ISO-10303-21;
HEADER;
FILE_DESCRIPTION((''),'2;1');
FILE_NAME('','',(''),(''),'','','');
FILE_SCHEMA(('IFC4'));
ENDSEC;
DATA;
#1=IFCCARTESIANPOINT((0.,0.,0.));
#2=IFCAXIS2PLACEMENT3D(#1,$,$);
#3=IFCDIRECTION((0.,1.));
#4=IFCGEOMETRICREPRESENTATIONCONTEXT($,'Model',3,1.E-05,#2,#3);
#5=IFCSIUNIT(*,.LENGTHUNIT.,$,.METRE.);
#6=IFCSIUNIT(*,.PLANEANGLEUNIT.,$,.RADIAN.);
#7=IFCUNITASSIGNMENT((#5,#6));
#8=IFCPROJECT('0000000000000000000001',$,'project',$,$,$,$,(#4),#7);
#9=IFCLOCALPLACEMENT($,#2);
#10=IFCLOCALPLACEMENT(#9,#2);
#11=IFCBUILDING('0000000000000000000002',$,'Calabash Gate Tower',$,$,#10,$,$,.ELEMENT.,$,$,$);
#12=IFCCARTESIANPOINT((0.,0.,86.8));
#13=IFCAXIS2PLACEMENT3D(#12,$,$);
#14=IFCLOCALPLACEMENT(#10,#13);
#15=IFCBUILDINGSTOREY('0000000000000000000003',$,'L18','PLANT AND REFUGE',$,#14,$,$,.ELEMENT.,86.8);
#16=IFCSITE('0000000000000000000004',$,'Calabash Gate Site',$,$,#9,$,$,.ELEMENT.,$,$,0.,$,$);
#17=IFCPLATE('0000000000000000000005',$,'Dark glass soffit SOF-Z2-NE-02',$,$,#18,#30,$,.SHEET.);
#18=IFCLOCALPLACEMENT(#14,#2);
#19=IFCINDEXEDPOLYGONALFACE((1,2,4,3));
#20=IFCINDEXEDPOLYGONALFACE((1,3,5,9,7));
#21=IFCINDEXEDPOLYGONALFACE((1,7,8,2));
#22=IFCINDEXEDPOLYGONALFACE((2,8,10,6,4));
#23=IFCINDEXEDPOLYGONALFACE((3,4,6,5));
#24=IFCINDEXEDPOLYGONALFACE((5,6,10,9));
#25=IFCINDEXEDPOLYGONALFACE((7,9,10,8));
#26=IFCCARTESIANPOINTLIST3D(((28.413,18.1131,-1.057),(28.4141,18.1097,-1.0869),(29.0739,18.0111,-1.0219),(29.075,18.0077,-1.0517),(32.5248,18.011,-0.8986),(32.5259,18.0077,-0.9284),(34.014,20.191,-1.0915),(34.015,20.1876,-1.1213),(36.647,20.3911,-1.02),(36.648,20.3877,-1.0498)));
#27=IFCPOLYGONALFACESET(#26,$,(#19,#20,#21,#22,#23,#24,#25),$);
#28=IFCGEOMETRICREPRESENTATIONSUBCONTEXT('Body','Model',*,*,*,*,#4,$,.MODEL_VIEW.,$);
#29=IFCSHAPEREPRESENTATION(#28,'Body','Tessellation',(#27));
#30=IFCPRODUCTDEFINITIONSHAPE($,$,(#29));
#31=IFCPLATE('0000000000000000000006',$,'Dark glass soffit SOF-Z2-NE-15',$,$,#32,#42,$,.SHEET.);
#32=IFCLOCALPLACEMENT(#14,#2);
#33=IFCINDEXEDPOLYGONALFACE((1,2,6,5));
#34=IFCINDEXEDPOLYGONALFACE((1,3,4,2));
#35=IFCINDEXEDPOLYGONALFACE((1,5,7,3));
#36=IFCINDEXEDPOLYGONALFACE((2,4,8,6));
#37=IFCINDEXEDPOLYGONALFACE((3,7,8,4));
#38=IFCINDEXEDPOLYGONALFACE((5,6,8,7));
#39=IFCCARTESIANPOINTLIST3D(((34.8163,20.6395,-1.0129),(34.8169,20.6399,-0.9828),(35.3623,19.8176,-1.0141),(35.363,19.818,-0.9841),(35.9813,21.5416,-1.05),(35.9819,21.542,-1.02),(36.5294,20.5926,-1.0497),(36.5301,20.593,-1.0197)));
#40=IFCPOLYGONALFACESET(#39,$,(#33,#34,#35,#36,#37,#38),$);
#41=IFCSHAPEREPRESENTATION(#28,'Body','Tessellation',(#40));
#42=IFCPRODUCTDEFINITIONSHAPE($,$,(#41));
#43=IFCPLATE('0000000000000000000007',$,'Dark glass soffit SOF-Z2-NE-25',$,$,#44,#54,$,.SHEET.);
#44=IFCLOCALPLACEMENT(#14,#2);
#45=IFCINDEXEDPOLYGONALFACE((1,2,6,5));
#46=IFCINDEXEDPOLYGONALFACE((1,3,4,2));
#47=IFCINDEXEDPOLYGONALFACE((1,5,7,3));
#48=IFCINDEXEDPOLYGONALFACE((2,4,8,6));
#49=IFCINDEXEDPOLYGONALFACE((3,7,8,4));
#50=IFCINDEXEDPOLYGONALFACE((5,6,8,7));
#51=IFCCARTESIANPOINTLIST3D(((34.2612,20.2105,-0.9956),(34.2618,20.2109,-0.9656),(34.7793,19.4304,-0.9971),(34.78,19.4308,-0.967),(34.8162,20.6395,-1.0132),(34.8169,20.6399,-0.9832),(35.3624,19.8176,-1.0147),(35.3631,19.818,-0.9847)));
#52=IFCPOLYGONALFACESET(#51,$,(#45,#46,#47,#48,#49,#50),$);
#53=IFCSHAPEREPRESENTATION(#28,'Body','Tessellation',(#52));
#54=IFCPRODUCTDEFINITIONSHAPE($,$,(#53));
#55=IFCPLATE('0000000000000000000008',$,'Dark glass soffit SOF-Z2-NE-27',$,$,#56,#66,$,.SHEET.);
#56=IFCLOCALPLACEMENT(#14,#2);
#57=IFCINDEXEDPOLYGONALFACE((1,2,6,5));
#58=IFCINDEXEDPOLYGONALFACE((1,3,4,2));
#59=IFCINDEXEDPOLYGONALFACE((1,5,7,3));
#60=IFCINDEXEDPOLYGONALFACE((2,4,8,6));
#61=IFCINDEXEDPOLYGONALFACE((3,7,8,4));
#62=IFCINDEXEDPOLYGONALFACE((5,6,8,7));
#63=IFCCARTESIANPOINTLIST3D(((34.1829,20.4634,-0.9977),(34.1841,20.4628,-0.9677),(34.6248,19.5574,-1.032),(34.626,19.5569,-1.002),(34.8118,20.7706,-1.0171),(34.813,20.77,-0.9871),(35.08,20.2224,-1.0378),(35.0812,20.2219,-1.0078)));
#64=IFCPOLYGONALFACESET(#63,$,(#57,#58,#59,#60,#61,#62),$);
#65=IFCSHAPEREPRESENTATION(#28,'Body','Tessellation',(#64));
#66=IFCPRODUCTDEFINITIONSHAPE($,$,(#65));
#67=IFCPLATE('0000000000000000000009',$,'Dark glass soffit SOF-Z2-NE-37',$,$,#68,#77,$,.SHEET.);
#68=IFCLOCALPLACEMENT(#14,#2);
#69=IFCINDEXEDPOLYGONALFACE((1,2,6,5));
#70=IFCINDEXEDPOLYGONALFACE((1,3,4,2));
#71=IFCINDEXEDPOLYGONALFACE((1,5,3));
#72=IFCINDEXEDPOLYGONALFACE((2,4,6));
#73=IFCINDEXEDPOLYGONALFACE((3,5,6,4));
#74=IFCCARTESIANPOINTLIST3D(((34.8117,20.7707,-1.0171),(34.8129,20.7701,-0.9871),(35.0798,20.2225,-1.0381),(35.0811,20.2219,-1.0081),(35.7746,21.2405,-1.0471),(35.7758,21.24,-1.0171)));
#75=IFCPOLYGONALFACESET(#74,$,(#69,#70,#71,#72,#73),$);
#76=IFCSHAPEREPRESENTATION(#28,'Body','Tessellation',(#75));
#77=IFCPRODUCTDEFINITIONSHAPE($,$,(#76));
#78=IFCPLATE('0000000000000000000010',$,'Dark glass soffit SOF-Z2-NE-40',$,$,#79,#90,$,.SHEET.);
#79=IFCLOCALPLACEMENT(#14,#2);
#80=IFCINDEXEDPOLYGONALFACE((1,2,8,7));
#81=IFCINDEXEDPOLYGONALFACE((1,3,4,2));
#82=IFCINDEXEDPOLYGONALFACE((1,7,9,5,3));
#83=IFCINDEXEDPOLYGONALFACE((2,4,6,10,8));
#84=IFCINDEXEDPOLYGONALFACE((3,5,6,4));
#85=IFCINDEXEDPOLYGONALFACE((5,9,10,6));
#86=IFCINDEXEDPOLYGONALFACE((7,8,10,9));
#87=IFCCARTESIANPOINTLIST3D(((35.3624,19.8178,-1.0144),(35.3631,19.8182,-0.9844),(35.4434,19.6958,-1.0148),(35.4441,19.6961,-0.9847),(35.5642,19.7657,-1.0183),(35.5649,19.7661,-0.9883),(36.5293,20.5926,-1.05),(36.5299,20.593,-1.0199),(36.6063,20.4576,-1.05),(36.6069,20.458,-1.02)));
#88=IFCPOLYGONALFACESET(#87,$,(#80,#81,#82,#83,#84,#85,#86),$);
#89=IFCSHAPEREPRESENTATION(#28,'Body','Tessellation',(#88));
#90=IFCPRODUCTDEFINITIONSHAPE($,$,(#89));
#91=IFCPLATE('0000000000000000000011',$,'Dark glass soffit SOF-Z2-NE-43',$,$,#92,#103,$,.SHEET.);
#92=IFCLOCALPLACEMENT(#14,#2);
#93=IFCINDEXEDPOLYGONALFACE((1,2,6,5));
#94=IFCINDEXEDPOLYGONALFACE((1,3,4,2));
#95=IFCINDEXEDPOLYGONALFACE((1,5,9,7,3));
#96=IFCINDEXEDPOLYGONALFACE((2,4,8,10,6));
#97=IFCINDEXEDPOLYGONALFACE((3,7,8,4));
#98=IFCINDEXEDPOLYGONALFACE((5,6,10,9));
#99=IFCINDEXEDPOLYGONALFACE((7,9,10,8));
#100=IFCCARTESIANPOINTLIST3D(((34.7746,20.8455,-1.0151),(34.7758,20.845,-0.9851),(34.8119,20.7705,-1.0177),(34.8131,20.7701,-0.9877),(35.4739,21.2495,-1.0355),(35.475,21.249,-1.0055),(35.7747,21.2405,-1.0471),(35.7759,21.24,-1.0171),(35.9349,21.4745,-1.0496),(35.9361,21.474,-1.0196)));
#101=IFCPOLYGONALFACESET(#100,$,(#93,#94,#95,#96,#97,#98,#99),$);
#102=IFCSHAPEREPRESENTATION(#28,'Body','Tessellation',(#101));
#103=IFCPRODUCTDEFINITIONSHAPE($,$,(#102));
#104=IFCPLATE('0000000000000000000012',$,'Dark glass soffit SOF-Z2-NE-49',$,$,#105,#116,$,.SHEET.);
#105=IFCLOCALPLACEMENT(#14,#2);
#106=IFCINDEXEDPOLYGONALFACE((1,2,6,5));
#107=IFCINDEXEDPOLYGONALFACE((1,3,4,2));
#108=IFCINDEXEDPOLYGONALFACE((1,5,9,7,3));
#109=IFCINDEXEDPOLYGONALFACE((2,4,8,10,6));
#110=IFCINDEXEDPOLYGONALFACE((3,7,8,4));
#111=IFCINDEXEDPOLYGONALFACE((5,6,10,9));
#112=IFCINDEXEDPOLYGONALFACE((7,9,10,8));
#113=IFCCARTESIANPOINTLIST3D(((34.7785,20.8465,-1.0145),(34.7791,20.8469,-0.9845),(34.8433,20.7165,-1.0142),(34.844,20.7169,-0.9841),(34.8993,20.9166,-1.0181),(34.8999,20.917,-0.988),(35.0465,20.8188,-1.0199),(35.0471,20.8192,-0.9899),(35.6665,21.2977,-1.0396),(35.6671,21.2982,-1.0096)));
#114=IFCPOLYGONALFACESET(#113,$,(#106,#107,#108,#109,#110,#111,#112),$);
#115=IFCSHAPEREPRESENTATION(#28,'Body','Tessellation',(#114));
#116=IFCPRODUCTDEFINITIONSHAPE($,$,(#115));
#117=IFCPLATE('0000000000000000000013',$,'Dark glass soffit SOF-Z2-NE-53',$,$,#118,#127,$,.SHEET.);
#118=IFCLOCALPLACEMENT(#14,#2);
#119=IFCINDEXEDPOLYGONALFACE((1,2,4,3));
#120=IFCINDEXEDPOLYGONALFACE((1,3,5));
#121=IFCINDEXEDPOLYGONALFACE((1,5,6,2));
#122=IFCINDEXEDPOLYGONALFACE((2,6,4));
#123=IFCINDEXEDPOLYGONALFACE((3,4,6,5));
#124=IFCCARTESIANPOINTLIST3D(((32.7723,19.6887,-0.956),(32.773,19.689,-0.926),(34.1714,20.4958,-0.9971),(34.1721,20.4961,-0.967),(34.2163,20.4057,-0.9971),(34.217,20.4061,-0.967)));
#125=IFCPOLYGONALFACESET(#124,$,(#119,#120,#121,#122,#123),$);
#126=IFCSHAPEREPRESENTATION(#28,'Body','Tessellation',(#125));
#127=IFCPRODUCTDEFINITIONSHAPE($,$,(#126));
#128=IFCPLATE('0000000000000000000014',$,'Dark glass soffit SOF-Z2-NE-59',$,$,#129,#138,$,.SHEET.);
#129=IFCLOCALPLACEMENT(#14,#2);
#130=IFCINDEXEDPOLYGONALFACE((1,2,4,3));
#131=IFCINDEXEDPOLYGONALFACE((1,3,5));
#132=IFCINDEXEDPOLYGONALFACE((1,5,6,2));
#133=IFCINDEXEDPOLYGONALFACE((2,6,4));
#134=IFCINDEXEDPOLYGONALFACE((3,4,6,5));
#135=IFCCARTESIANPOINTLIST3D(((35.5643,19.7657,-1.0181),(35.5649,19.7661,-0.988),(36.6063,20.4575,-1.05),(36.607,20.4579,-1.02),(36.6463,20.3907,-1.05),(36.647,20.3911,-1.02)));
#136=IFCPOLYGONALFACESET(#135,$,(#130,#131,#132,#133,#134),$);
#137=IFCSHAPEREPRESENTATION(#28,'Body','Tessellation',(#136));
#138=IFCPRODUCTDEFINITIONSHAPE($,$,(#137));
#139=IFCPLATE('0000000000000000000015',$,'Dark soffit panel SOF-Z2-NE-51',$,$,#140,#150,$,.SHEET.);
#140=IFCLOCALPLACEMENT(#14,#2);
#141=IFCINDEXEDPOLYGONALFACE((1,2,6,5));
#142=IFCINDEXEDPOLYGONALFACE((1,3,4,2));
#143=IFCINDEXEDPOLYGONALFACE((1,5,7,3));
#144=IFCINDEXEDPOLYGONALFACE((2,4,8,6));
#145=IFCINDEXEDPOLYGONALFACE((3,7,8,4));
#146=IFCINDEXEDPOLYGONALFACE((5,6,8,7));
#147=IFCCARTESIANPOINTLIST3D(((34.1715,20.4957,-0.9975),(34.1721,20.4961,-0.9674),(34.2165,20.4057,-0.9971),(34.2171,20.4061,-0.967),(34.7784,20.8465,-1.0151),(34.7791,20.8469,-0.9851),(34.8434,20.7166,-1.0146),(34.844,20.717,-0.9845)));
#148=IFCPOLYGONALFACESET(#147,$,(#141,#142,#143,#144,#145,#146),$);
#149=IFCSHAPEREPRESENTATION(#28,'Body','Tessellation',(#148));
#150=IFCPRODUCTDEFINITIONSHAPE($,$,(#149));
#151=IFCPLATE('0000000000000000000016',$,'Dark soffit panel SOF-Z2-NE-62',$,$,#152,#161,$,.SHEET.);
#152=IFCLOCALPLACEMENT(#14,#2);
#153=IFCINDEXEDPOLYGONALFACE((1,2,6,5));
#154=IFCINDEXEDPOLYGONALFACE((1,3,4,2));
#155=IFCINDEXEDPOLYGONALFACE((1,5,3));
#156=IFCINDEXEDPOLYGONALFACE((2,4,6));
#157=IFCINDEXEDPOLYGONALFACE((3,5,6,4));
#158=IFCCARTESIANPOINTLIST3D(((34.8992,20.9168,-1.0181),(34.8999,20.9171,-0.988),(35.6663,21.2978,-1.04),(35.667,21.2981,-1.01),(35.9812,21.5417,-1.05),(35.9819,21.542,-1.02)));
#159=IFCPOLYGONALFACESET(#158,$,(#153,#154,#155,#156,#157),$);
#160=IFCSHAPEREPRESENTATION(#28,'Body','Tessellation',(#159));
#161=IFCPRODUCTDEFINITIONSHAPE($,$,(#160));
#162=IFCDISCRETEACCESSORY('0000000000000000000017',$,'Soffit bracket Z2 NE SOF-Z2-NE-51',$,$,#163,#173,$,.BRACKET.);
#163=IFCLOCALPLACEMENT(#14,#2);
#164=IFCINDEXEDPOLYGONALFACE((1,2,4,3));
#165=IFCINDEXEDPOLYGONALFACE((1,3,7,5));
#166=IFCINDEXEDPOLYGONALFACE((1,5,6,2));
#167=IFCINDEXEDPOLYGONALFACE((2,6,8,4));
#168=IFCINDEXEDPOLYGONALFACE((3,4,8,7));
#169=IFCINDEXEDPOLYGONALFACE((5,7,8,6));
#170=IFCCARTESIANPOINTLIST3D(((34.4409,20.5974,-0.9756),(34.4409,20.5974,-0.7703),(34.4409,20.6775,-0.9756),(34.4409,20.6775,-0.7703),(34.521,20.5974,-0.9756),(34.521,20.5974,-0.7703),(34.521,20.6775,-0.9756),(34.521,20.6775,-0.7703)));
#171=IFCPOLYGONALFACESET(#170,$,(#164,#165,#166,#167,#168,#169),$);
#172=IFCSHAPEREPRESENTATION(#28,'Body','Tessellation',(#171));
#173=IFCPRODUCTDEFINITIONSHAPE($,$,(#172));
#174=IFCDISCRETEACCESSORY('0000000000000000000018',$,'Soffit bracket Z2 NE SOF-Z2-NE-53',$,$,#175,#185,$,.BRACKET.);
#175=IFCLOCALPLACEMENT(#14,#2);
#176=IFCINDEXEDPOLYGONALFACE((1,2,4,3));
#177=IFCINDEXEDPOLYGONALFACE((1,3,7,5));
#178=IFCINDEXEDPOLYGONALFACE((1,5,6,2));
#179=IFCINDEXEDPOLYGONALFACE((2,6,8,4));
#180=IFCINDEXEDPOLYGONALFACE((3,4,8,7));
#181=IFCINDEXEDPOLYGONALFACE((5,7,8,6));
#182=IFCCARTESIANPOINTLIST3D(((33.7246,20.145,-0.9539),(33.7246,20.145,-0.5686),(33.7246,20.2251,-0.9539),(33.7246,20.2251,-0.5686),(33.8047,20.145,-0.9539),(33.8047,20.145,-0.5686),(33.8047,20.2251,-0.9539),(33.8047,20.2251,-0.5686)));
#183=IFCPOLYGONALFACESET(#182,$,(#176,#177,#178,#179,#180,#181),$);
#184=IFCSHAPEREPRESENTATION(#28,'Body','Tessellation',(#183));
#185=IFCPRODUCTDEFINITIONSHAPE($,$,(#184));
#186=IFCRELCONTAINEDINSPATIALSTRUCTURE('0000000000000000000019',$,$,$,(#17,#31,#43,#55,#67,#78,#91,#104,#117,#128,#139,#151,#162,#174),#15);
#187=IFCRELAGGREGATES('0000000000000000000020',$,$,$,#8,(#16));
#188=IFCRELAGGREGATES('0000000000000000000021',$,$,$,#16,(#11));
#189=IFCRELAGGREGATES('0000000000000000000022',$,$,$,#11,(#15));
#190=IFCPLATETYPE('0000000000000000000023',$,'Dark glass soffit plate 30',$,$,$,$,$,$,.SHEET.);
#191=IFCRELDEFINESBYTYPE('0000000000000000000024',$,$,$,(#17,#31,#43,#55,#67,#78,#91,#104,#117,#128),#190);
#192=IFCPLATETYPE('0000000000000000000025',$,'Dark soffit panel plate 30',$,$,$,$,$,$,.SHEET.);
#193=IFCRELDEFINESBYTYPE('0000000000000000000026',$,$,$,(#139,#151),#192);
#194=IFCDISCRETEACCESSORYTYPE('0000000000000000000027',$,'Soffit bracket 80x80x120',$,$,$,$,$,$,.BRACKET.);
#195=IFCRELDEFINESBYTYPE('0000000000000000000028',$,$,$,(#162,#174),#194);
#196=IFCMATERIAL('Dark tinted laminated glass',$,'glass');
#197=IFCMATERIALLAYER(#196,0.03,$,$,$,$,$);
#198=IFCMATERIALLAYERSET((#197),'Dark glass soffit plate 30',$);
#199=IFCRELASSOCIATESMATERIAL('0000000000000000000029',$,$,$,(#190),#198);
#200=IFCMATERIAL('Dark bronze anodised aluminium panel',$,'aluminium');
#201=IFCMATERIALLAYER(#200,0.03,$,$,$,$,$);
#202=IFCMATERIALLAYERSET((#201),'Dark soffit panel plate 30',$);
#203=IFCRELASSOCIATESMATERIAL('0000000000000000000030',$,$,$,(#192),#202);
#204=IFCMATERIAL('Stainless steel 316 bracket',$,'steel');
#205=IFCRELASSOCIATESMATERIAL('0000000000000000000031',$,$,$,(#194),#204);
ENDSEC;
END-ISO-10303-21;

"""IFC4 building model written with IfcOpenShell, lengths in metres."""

from ifc_helpers import new_model, si_unit, direction, frame, origin, origin_2d, place, context, subcontext, project, spatial, polyline, rectangle, outline, extrude, material, layer, layer_set, type_object, element, save


model = new_model("IFC4")

# Units and contexts
model_context = context("Model", 3, precision=1e-05, world=origin(), true_north=direction((0.0, 1.0)))
body_context = subcontext(model_context, "Body", "Model", "MODEL_VIEW")
ifc_project = project(units=[si_unit("LENGTHUNIT", "METRE"), si_unit("PLANEANGLEUNIT", "RADIAN")], contexts=[model_context])

# Site, building, storey
site_placement = place(None, origin())
site = spatial("IfcSite", under=ifc_project, at=site_placement, Name="Calabash Gate Site", CompositionType="ELEMENT", RefElevation=0.0)
building_placement = place(site_placement, origin())
building = spatial("IfcBuilding", under=site, at=building_placement, Name="Calabash Gate Tower", CompositionType="ELEMENT")
storey_placement = place(building_placement, frame((0.0, 0.0, 86.8)))
storey = spatial("IfcBuildingStorey", under=building, at=storey_placement, Name="L18", Description="PLANT AND REFUGE", CompositionType="ELEMENT", Elevation=86.8)

# Plates
ifc_material_1 = material(Name="Dark tinted laminated glass", Category="glass")
ifc_layer_1 = layer(ifc_material_1, 0.03)
ifc_layer_set_1 = layer_set([ifc_layer_1], Name="Dark glass soffit plate 30")
plate_type_1 = type_object("IfcPlateType", Name="Dark glass soffit plate 30", PredefinedType="SHEET", material=ifc_layer_set_1)
plate_1_placement = place(storey_placement, frame((36.647, 20.3911, -1.02), z_axis=(-0.035488, 0.112132, 0.993059), x_axis=(-0.865728, -0.499864, 0.025505)))
element("IfcPlate", 1, at=plate_1_placement, inside=storey, type_object=plate_type_1, Name="Dark glass soffit SOF-Z2-NE-02", PredefinedType="SHEET", context=body_context, shape_type="SweptSolid", body=[
    extrude(outline(polyline([(0.0, 0.0), (4.7615, 0.0), (7.7458, -1.7371), (8.2661, -2.1587), (2.3777, -1.1509), (0.0, 0.0)])), origin(), (0.0, 0.0, -1.0), 0.03),
])
plate_2_placement = place(storey_placement, frame((35.9819, 21.542, -1.02), z_axis=(0.021867, 0.012961, 0.999677), x_axis=(0.500147, -0.865941, 0.000287)))
element("IfcPlate", 2, at=plate_2_placement, inside=storey, type_object=plate_type_1, Name="Dark glass soffit SOF-Z2-NE-15", PredefinedType="SHEET", context=body_context, shape_type="SweptSolid", body=[
    extrude(outline(polyline([(0.0, 0.0), (1.0959, 0.0), (1.1833, -1.3987), (0.1985, -1.4604), (0.0, 0.0)])), origin(), (0.0, 0.0, -1.0), 0.03),
])
plate_3_placement = place(storey_placement, frame((34.8169, 20.6399, -0.9832), z_axis=(0.021806, 0.012659, 0.999682), x_axis=(0.553489, -0.832855, -0.001527)))
element("IfcPlate", 3, at=plate_3_placement, inside=storey, type_object=plate_type_1, Name="Dark glass soffit SOF-Z2-NE-25", PredefinedType="SHEET", context=body_context, shape_type="SweptSolid", body=[
    extrude(outline(polyline([(0.0, 0.0), (0.9868, 0.0), (0.9866, -0.7002), (0.05, -0.7), (0.0, 0.0)])), origin(), (0.0, 0.0, -1.0), 0.03),
])
plate_4_placement = place(storey_placement, frame((34.626, 19.5569, -1.002), z_axis=(0.039658, -0.018378, 0.999044), x_axis=(-0.438117, 0.898278, 0.033916)))
element("IfcPlate", 4, at=plate_4_placement, inside=storey, type_object=plate_type_1, Name="Dark glass soffit SOF-Z2-NE-27", PredefinedType="SHEET", context=body_context, shape_type="SweptSolid", body=[
    extrude(outline(polyline([(0.0, 0.0), (1.0085, 0.0), (1.0083, -0.7002), (0.3977, -0.7009), (0.0, 0.0)])), origin(), (0.0, 0.0, -1.0), 0.03),
])
plate_5_placement = place(storey_placement, frame((35.0811, 20.2219, -1.0081), z_axis=(0.040231, -0.018593, 0.999017), x_axis=(-0.439094, 0.897783, 0.034392)))
element("IfcPlate", 5, at=plate_5_placement, inside=storey, type_object=plate_type_1, Name="Dark glass soffit SOF-Z2-NE-37", PredefinedType="SHEET", context=body_context, shape_type="SweptSolid", body=[
    extrude(outline(polyline([(0.0, 0.0), (0.6106, 0.0), (0.6086, -1.0718), (0.0, 0.0)])), origin(), (0.0, 0.0, -1.0), 0.03),
])
plate_6_placement = place(storey_placement, frame((36.6069, 20.458, -1.02), z_axis=(0.022329, 0.012202, 0.999676), x_axis=(-0.832802, -0.55299, 0.025352)))
element("IfcPlate", 6, at=plate_6_placement, inside=storey, type_object=plate_type_1, Name="Dark glass soffit SOF-Z2-NE-40", PredefinedType="SHEET", context=body_context, shape_type="SweptSolid", body=[
    extrude(outline(polyline([(0.0, 0.0), (1.2512, 0.0), (1.3906, -0.0085), (1.3906, -0.155), (-0.0105, -0.155), (0.0, 0.0)])), origin(), (0.0, 0.0, -1.0), 0.03),
])
plate_7_placement = place(storey_placement, frame((35.7759, 21.24, -1.0171), z_axis=(0.037993, -0.015326, 0.99916), x_axis=(-0.898339, -0.438445, 0.027434)))
element("IfcPlate", 7, at=plate_7_placement, inside=storey, type_object=plate_type_1, Name="Dark glass soffit SOF-Z2-NE-43", PredefinedType="SHEET", context=body_context, shape_type="SweptSolid", body=[
    extrude(outline(polyline([(0.0, 0.0), (1.0718, 0.0), (1.0725, -0.0837), (0.2666, -0.1401), (-0.2466, -0.1401), (0.0, 0.0)])), origin(), (0.0, 0.0, -1.0), 0.03),
])
plate_8_placement = place(storey_placement, frame((34.8999, 20.917, -0.988), z_axis=(0.021353, 0.013468, 0.999681), x_axis=(0.895281, 0.444793, -0.025115)))
element("IfcPlate", 8, at=plate_8_placement, inside=storey, type_object=plate_type_1, Name="Dark glass soffit SOF-Z2-NE-49", PredefinedType="SHEET", context=body_context, shape_type="SweptSolid", body=[
    extrude(outline(polyline([(0.0, 0.0), (0.8569, 0.0), (0.0884, -0.1531), (-0.1392, -0.1543), (-0.1394, -0.009), (0.0, 0.0)])), origin(), (0.0, 0.0, -1.0), 0.03),
])
plate_9_placement = place(storey_placement, frame((34.1721, 20.4961, -0.967), z_axis=(0.022758, 0.011348, 0.999677), x_axis=(0.446243, -0.894912, 0.0)))
element("IfcPlate", 9, at=plate_9_placement, inside=storey, type_object=plate_type_1, Name="Dark glass soffit SOF-Z2-NE-53", PredefinedType="SHEET", context=body_context, shape_type="SweptSolid", body=[
    extrude(outline(polyline([(0.0, 0.0), (0.1006, 0.0), (0.0979, -1.6128), (0.0, 0.0)])), origin(), (0.0, 0.0, -1.0), 0.03),
])
plate_10_placement = place(storey_placement, frame((36.647, 20.3911, -1.02), z_axis=(0.021957, 0.013142, 0.999673), x_axis=(-0.865642, -0.50001, 0.025586)))
element("IfcPlate", 10, at=plate_10_placement, inside=storey, type_object=plate_type_1, Name="Dark glass soffit SOF-Z2-NE-59", PredefinedType="SHEET", context=body_context, shape_type="SweptSolid", body=[
    extrude(outline(polyline([(0.0, 0.0), (1.25, 0.0), (0.0012, -0.0779), (0.0, 0.0)])), origin(), (0.0, 0.0, -1.0), 0.03),
])
ifc_material_2 = material(Name="Dark bronze anodised aluminium panel", Category="aluminium")
ifc_layer_2 = layer(ifc_material_2, 0.03)
ifc_layer_set_2 = layer_set([ifc_layer_2], Name="Dark soffit panel plate 30")
plate_type_2 = type_object("IfcPlateType", Name="Dark soffit panel plate 30", PredefinedType="SHEET", material=ifc_layer_set_2)
plate_11_placement = place(storey_placement, frame((34.7791, 20.8469, -0.9851), z_axis=(0.020587, 0.01472, 0.99968), x_axis=(0.447148, -0.894451, 0.003962)))
element("IfcPlate", 11, at=plate_11_placement, inside=storey, type_object=plate_type_2, Name="Dark soffit panel SOF-Z2-NE-51", PredefinedType="SHEET", context=body_context, shape_type="SweptSolid", body=[
    extrude(outline(polyline([(0.0, 0.0), (0.1453, 0.0), (0.1431, -0.7), (0.0425, -0.7), (0.0, 0.0)])), origin(), (0.0, 0.0, -1.0), 0.03),
])
plate_12_placement = place(storey_placement, frame((35.9819, 21.542, -1.02), z_axis=(0.023019, 0.011303, 0.999671), x_axis=(-0.790388, -0.612091, 0.025121)))
element("IfcPlate", 12, at=plate_12_placement, inside=storey, type_object=plate_type_2, Name="Dark soffit panel SOF-Z2-NE-62", PredefinedType="SHEET", context=body_context, shape_type="SweptSolid", body=[
    extrude(outline(polyline([(0.0, 0.0), (0.3984, 0.0), (1.2385, -0.1685), (0.0, 0.0)])), origin(), (0.0, 0.0, -1.0), 0.03),
])

# Discrete accessories
ifc_material_3 = material(Name="Stainless steel 316 bracket", Category="steel")
discrete_accessory_type = type_object("IfcDiscreteAccessoryType", Name="Soffit bracket 80x80x120", PredefinedType="BRACKET", material=ifc_material_3)
discrete_accessory_1_placement = place(storey_placement, frame((34.481, 20.6375, -0.9756), z_axis=(0.0, 0.0, 1.0), x_axis=(1.0, 0.0, 0.0)))
element("IfcDiscreteAccessory", 13, at=discrete_accessory_1_placement, inside=storey, type_object=discrete_accessory_type, Name="Soffit bracket Z2 NE SOF-Z2-NE-51", PredefinedType="BRACKET", context=body_context, shape_type="SweptSolid", body=[
    extrude(rectangle(XDim=0.0801, YDim=0.0801, at=origin_2d()), origin(), (0.0, 0.0, 1.0), 0.2053),
])
discrete_accessory_2_placement = place(storey_placement, frame((33.7646, 20.1851, -0.9539), z_axis=(0.0, 0.0, 1.0), x_axis=(1.0, 0.0, 0.0)))
element("IfcDiscreteAccessory", 14, at=discrete_accessory_2_placement, inside=storey, type_object=discrete_accessory_type, Name="Soffit bracket Z2 NE SOF-Z2-NE-53", PredefinedType="BRACKET", context=body_context, shape_type="SweptSolid", body=[
    extrude(rectangle(XDim=0.0801, YDim=0.0801, at=origin_2d()), origin(), (0.0, 0.0, 1.0), 0.3853),
])

save(model, "model.ifc")
